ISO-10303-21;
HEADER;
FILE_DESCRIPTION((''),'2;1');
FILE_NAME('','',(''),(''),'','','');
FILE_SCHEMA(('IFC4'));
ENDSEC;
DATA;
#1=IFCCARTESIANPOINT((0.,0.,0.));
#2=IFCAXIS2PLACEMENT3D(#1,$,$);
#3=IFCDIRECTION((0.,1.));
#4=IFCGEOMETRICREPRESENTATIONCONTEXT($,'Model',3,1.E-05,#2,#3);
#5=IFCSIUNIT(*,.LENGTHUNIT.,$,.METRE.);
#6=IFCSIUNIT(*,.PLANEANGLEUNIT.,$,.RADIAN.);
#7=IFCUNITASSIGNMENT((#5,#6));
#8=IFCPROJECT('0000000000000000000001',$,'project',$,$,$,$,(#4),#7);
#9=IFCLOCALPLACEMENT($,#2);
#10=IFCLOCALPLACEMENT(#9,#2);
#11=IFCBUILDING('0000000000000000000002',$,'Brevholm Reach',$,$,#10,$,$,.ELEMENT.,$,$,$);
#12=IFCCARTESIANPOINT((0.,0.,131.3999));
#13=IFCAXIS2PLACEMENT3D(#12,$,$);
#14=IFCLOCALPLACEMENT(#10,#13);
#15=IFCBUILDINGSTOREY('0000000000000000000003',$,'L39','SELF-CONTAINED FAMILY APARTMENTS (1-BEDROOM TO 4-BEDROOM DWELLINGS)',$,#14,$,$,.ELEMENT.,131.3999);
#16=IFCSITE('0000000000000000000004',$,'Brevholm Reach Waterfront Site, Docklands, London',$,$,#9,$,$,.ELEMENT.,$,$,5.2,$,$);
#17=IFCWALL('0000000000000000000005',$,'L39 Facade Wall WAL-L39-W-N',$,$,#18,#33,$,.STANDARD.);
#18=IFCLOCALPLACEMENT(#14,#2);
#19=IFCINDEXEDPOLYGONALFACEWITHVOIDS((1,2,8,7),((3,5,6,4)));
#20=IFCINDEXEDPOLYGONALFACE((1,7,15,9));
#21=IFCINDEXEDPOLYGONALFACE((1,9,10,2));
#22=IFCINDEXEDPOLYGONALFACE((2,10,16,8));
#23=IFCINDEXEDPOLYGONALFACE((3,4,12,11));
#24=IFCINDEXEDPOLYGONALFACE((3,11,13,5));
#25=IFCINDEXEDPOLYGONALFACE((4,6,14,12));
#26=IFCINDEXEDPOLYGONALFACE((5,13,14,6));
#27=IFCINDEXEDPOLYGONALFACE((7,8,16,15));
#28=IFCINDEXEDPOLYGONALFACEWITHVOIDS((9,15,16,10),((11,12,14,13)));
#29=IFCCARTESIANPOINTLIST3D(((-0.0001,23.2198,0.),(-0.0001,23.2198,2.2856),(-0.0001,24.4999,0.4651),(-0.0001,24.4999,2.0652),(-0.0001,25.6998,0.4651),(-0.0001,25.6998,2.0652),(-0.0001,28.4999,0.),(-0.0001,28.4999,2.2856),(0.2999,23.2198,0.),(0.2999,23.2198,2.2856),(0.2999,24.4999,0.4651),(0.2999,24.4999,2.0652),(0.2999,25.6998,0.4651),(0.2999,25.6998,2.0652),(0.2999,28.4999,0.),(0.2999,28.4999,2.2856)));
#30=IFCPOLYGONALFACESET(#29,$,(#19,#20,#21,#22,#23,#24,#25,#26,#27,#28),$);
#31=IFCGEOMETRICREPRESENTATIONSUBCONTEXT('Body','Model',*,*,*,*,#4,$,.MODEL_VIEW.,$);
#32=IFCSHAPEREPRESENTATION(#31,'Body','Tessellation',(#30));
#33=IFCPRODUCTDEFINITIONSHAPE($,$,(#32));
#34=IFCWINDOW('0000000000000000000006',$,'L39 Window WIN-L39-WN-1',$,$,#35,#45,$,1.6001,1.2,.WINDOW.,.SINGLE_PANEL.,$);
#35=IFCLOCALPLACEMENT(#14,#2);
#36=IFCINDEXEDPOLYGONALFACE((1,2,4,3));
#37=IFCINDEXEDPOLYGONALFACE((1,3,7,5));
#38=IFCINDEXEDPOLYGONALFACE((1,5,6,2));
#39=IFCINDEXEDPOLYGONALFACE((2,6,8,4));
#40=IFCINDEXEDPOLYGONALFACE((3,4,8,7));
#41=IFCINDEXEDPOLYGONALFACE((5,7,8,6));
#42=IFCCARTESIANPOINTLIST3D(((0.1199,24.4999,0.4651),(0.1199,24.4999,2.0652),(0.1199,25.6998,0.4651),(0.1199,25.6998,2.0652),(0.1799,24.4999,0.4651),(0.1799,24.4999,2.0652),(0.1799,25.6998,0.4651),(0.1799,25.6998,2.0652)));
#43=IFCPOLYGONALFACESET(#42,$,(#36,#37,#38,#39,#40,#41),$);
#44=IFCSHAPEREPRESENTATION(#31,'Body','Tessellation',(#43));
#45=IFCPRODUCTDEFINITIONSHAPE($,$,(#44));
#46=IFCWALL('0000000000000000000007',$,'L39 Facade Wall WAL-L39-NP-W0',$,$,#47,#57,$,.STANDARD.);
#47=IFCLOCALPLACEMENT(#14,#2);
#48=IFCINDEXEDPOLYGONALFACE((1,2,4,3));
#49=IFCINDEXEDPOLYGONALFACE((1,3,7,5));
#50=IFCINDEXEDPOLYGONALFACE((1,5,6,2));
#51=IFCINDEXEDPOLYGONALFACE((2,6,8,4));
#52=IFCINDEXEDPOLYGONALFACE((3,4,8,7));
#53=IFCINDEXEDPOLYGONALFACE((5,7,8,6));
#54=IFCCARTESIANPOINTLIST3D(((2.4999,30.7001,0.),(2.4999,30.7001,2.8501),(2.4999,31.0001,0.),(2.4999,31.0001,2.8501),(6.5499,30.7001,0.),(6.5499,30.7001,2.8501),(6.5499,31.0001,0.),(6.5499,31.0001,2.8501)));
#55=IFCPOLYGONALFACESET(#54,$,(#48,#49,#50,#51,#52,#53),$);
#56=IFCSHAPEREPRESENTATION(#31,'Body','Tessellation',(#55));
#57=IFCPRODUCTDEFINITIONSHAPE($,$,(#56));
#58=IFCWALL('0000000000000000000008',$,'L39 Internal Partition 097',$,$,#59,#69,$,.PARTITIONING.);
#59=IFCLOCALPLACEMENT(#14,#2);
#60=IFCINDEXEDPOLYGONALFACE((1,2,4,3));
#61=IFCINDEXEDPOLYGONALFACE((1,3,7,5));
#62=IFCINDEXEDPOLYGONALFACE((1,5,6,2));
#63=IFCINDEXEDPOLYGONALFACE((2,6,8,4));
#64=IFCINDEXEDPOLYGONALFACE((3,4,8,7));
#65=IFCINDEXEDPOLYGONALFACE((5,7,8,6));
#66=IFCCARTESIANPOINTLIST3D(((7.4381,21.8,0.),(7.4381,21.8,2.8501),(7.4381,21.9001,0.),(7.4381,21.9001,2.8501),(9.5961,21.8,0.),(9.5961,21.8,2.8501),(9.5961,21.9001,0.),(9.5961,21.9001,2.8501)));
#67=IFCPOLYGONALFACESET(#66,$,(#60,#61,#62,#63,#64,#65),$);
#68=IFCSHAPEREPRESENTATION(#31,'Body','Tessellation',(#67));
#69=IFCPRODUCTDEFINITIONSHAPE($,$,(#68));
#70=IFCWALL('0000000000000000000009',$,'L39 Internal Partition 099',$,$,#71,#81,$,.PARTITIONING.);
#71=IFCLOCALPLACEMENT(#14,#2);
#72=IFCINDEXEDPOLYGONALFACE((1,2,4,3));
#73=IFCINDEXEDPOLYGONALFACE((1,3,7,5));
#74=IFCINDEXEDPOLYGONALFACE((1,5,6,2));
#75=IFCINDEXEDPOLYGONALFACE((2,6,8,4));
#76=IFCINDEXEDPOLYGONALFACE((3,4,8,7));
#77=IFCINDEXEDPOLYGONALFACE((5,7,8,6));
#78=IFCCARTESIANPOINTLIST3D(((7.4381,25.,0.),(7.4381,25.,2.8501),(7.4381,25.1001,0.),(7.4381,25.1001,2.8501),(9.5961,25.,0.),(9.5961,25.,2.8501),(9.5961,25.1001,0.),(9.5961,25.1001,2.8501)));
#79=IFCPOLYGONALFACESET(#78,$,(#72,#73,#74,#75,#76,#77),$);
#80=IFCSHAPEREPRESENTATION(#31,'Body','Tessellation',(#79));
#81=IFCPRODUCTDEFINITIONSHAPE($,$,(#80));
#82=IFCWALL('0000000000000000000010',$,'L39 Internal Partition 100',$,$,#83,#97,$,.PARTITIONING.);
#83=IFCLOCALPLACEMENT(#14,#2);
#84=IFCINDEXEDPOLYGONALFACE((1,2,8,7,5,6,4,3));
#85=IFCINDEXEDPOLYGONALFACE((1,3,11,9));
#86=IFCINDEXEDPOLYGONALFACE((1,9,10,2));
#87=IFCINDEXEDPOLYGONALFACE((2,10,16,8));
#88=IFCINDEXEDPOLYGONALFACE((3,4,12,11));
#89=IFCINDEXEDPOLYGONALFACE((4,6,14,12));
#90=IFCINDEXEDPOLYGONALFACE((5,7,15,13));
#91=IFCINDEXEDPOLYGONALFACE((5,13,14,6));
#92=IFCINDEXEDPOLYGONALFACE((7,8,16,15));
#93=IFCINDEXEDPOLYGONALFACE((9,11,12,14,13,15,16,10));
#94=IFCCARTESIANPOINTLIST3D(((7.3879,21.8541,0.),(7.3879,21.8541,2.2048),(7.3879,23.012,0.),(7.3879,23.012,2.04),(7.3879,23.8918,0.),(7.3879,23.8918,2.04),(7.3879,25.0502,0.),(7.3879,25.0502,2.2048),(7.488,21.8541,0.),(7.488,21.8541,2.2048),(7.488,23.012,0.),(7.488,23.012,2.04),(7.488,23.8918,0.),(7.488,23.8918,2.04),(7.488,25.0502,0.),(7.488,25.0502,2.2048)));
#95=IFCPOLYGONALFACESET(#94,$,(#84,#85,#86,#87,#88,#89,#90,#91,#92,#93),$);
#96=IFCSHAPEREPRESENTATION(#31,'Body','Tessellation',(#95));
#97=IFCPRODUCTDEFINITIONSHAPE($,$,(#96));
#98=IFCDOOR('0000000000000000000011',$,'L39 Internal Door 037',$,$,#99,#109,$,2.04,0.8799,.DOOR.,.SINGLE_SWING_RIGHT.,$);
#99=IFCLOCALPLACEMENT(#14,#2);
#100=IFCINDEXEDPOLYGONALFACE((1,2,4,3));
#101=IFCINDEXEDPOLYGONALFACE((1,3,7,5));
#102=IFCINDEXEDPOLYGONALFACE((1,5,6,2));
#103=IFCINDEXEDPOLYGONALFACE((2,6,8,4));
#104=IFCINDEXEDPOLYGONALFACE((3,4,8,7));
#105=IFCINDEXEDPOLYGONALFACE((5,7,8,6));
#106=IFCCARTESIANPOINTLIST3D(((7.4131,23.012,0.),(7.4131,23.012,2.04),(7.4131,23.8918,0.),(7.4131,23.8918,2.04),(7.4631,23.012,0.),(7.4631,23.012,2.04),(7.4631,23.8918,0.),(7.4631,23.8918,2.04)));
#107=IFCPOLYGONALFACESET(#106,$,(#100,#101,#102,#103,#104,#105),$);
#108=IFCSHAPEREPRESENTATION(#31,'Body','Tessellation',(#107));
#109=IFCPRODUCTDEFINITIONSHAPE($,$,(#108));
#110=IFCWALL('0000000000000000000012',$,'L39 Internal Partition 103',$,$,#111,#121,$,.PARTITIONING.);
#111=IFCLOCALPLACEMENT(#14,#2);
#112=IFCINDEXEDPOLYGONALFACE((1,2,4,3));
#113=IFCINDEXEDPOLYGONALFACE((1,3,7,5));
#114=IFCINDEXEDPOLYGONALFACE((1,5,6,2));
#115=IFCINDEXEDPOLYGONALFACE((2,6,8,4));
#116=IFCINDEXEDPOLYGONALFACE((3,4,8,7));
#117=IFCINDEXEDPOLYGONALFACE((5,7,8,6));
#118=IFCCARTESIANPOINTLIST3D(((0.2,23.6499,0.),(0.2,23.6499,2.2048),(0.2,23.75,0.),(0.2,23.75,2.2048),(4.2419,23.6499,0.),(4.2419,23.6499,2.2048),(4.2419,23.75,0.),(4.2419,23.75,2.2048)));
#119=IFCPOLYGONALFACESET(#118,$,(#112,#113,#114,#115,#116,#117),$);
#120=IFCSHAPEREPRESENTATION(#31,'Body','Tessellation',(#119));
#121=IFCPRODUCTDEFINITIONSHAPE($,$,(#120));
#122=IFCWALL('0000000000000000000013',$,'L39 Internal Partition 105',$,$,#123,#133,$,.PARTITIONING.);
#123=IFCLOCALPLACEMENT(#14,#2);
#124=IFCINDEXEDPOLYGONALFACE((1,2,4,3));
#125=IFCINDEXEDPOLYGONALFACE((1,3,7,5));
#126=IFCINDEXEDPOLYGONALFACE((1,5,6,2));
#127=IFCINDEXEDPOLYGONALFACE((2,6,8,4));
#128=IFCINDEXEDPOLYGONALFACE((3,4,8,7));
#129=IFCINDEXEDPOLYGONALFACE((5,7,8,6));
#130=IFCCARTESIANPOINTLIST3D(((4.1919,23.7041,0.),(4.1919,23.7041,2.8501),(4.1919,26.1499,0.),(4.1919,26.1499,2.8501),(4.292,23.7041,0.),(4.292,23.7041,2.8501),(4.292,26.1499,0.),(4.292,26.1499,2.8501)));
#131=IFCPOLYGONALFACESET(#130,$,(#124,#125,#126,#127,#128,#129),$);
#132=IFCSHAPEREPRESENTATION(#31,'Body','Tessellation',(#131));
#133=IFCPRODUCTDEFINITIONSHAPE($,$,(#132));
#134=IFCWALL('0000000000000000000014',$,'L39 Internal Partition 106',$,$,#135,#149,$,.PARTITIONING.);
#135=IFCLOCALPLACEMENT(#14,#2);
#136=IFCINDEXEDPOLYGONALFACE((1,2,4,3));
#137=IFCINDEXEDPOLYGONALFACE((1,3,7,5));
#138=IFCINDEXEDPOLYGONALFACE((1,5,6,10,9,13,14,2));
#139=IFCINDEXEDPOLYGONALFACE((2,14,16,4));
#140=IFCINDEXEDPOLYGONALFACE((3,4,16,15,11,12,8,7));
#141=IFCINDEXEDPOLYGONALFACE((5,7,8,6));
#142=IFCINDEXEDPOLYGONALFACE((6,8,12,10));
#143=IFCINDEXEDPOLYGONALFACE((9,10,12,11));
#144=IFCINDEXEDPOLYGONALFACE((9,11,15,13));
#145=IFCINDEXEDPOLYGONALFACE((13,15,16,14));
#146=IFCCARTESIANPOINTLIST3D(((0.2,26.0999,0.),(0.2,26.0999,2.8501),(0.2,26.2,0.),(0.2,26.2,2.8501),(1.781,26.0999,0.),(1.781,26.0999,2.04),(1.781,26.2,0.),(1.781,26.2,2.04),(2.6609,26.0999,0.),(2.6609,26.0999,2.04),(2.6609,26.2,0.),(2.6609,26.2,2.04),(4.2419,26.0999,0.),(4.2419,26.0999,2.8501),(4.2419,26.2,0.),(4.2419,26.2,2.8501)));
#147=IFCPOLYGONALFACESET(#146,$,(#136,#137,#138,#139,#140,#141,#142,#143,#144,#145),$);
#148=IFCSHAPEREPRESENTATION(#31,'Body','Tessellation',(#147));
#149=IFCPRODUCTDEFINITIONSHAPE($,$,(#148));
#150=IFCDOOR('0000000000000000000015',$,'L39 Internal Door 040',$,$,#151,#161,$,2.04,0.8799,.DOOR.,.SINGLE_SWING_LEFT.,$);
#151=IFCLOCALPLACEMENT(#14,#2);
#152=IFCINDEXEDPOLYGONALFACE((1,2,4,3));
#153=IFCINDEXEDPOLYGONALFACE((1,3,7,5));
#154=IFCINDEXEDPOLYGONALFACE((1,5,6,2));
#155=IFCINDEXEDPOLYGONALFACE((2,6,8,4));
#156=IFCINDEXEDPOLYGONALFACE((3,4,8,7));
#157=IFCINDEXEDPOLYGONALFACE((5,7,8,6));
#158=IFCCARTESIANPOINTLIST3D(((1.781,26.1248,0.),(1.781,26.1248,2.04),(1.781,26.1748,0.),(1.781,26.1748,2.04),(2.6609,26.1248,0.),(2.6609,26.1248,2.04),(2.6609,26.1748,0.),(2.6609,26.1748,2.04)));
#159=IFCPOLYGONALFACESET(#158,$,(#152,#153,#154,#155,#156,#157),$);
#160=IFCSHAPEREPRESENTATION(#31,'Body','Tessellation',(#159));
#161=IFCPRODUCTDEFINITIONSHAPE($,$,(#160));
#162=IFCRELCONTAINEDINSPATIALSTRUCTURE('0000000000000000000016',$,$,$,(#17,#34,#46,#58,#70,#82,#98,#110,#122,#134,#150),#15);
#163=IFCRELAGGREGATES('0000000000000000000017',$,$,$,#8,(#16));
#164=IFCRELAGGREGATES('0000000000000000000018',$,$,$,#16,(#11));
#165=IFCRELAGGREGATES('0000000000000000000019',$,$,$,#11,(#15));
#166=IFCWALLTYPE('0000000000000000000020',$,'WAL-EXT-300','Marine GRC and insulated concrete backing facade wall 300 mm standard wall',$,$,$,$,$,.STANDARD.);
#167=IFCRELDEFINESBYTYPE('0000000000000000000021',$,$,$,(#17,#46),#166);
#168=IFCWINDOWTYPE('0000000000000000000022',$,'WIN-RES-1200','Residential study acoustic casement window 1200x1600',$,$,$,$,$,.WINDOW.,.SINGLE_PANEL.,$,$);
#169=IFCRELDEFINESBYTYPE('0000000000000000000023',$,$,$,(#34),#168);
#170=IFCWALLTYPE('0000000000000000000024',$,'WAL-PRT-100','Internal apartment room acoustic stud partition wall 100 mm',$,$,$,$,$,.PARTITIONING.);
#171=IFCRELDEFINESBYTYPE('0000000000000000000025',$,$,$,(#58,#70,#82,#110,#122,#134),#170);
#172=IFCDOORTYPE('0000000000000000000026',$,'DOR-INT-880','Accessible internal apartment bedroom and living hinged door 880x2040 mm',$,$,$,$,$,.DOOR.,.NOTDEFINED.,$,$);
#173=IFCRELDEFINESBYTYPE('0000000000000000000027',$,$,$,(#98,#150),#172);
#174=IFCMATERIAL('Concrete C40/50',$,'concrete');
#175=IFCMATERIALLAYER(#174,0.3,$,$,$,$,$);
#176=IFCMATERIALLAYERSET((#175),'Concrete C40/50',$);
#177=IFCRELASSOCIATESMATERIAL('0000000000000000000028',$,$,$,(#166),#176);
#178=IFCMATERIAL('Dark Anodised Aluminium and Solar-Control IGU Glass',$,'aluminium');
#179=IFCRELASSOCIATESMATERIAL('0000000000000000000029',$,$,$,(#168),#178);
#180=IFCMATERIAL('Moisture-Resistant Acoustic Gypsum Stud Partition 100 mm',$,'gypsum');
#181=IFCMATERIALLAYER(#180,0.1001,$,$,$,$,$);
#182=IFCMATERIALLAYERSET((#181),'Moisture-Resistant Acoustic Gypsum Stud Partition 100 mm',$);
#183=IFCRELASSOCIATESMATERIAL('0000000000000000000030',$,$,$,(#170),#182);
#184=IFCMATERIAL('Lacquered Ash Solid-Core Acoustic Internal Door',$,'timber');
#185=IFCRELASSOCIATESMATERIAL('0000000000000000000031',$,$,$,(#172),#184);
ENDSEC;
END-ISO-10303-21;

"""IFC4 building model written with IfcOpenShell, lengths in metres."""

from ifc_helpers import new_model, si_unit, direction, frame, frame_2d, origin, place, context, subcontext, project, spatial, rectangle, extrude, material, layer, layer_set, type_object, element, fill, save


model = new_model("IFC4")

# Units and contexts
model_context = context("Model", 3, precision=1e-05, world=origin(), true_north=direction((0.0, 1.0)))
body_context = subcontext(model_context, "Body", "Model", "MODEL_VIEW")
ifc_project = project(units=[si_unit("LENGTHUNIT", "METRE"), si_unit("PLANEANGLEUNIT", "RADIAN")], contexts=[model_context])

# Site, building, storey
site_placement = place(None, origin())
site = spatial("IfcSite", under=ifc_project, at=site_placement, Name="Brevholm Reach Waterfront Site, Docklands, London", CompositionType="ELEMENT", RefElevation=5.2)
building_placement = place(site_placement, origin())
building = spatial("IfcBuilding", under=site, at=building_placement, Name="Brevholm Reach", CompositionType="ELEMENT")
storey_placement = place(building_placement, frame((0.0, 0.0, 131.3999)))
storey = spatial("IfcBuildingStorey", under=building, at=storey_placement, Name="L39", Description="SELF-CONTAINED FAMILY APARTMENTS (1-BEDROOM TO 4-BEDROOM DWELLINGS)", CompositionType="ELEMENT", Elevation=131.3999)

# Shared definitions
ifc_material_1 = material(Name="Concrete C40/50", Category="concrete")
ifc_layer_1 = layer(ifc_material_1, 0.3)
ifc_layer_set_1 = layer_set([ifc_layer_1], Name="Concrete C40/50")
wall_type_1 = type_object("IfcWallType", Name="WAL-EXT-300", Description="Marine GRC and insulated concrete backing facade wall 300 mm standard wall", PredefinedType="STANDARD", material=ifc_layer_set_1)

# Wall, opening, window
wall_1_placement = place(storey_placement, frame((0.1499, 28.5, 0.0), z_axis=(0.0, 0.0, 1.0), x_axis=(0.0, -1.0, 0.0)))
wall_1 = element("IfcWall", 1, at=wall_1_placement, inside=storey, type_object=wall_type_1, Name="L39 Facade Wall WAL-L39-W-N", PredefinedType="STANDARD", context=body_context, shape_type="SweptSolid", body=[
    extrude(rectangle(XDim=5.28, YDim=0.3, at=frame_2d((2.6401, 0.0))), origin(), (0.0, 0.0, 1.0), 2.2856),
])
opening_1_placement = place(wall_1_placement, frame((2.8, 0.0, 0.4651)))
opening_1 = element("IfcOpeningElement", 2, at=opening_1_placement, cuts=wall_1, PredefinedType="OPENING", context=body_context, shape_type="SweptSolid", body=[
    extrude(rectangle(XDim=1.2, YDim=1.6001, at=frame_2d((0.6001, 0.8))), frame((0.0, 0.1599, 0.0), z_axis=(0.0, -1.0, 0.0), x_axis=(1.0, 0.0, 0.0)), (0.0, 0.0, 1.0), 0.3201),
])
ifc_material_2 = material(Name="Dark Anodised Aluminium and Solar-Control IGU Glass", Category="aluminium")
window_type = type_object("IfcWindowType", Name="WIN-RES-1200", Description="Residential study acoustic casement window 1200x1600", PartitioningType="SINGLE_PANEL", PredefinedType="WINDOW", material=ifc_material_2)
window_placement = place(opening_1_placement, origin())
window = element("IfcWindow", 3, at=window_placement, inside=storey, type_object=window_type, Name="L39 Window WIN-L39-WN-1", OverallHeight=1.6001, OverallWidth=1.2, PartitioningType="SINGLE_PANEL", PredefinedType="WINDOW", context=body_context, shape_type="SweptSolid", body=[
    extrude(rectangle(XDim=1.2, YDim=1.6001, at=frame_2d((0.6001, 0.8))), frame((0.0, 0.03, 0.0), z_axis=(0.0, -1.0, 0.0), x_axis=(1.0, 0.0, 0.0)), (0.0, 0.0, 1.0), 0.0601),
])
fill(opening_1, window)

# Walls
wall_2_placement = place(storey_placement, frame((2.5, 30.8501, 0.0), z_axis=(0.0, 0.0, 1.0), x_axis=(1.0, 0.0, 0.0)))
element("IfcWall", 4, at=wall_2_placement, inside=storey, type_object=wall_type_1, Name="L39 Facade Wall WAL-L39-NP-W0", PredefinedType="STANDARD", context=body_context, shape_type="SweptSolid", body=[
    extrude(rectangle(XDim=4.05, YDim=0.3, at=frame_2d((2.0249, 0.0))), origin(), (0.0, 0.0, 1.0), 2.8501),
])
ifc_material_3 = material(Name="Moisture-Resistant Acoustic Gypsum Stud Partition 100 mm", Category="gypsum")
ifc_layer_2 = layer(ifc_material_3, 0.1001)
ifc_layer_set_2 = layer_set([ifc_layer_2], Name="Moisture-Resistant Acoustic Gypsum Stud Partition 100 mm")
wall_type_2 = type_object("IfcWallType", Name="WAL-PRT-100", Description="Internal apartment room acoustic stud partition wall 100 mm", PredefinedType="PARTITIONING", material=ifc_layer_set_2)
for number, where, z_axis, x_axis, name in (
    (5, (7.438, 21.8501, 0.0), (0.0, 0.0, 1.0), (1.0, 0.0, 0.0), "L39 Internal Partition 097"),
    (6, (7.438, 25.05, 0.0), (0.0, 0.0, 1.0), (1.0, 0.0, 0.0), "L39 Internal Partition 099"),
):
    element("IfcWall", number, at=place(storey_placement, frame(where, z_axis=z_axis, x_axis=x_axis)), inside=storey, type_object=wall_type_2, Name=name, PredefinedType="PARTITIONING", context=body_context, shape_type="SweptSolid", body=[
        extrude(rectangle(XDim=2.158, YDim=0.1001, at=frame_2d((1.0791, 0.0))), origin(), (0.0, 0.0, 1.0), 2.8501),
    ])

# Wall, opening, door
wall_3_placement = place(storey_placement, frame((7.438, 21.854, 0.0), z_axis=(0.0, 0.0, 1.0), x_axis=(0.0, 1.0, 0.0)))
wall_3 = element("IfcWall", 7, at=wall_3_placement, inside=storey, type_object=wall_type_2, Name="L39 Internal Partition 100", PredefinedType="PARTITIONING", context=body_context, shape_type="SweptSolid", body=[
    extrude(rectangle(XDim=3.196, YDim=0.1001, at=frame_2d((1.5981, 0.0))), origin(), (0.0, 0.0, 1.0), 2.2048),
])
opening_2_placement = place(wall_3_placement, frame((1.158, 0.0, 0.0)))
opening_2 = element("IfcOpeningElement", 8, at=opening_2_placement, cuts=wall_3, PredefinedType="OPENING", context=body_context, shape_type="SweptSolid", body=[
    extrude(rectangle(XDim=0.8799, YDim=2.04, at=frame_2d((0.4399, 1.02))), frame((0.0, 0.0601, 0.0), z_axis=(0.0, -1.0, 0.0), x_axis=(1.0, 0.0, 0.0)), (0.0, 0.0, 1.0), 0.1201),
])
ifc_material_4 = material(Name="Lacquered Ash Solid-Core Acoustic Internal Door", Category="timber")
door_type = type_object("IfcDoorType", Name="DOR-INT-880", Description="Accessible internal apartment bedroom and living hinged door 880x2040 mm", OperationType="NOTDEFINED", PredefinedType="DOOR", material=ifc_material_4)
door_1_placement = place(opening_2_placement, origin())
door_1 = element("IfcDoor", 9, at=door_1_placement, inside=storey, type_object=door_type, Name="L39 Internal Door 037", OperationType="SINGLE_SWING_RIGHT", OverallHeight=2.04, OverallWidth=0.8799, PredefinedType="DOOR", context=body_context, shape_type="SweptSolid", body=[
    extrude(rectangle(XDim=0.8799, YDim=2.04, at=frame_2d((0.4399, 1.02))), frame((0.0, 0.0249, 0.0), z_axis=(0.0, -1.0, 0.0), x_axis=(1.0, 0.0, 0.0)), (0.0, 0.0, 1.0), 0.05),
])
fill(opening_2, door_1)

# Walls
wall_4_placement = place(storey_placement, frame((0.2, 23.7, 0.0), z_axis=(0.0, 0.0, 1.0), x_axis=(1.0, 0.0, 0.0)))
element("IfcWall", 10, at=wall_4_placement, inside=storey, type_object=wall_type_2, Name="L39 Internal Partition 103", PredefinedType="PARTITIONING", context=body_context, shape_type="SweptSolid", body=[
    extrude(rectangle(XDim=4.042, YDim=0.1001, at=frame_2d((2.021, 0.0))), origin(), (0.0, 0.0, 1.0), 2.2048),
])
wall_5_placement = place(storey_placement, frame((4.2419, 23.7041, 0.0), z_axis=(0.0, 0.0, 1.0), x_axis=(0.0, 1.0, 0.0)))
element("IfcWall", 11, at=wall_5_placement, inside=storey, type_object=wall_type_2, Name="L39 Internal Partition 105", PredefinedType="PARTITIONING", context=body_context, shape_type="SweptSolid", body=[
    extrude(rectangle(XDim=2.4458, YDim=0.1001, at=frame_2d((1.2229, 0.0))), origin(), (0.0, 0.0, 1.0), 2.8501),
])

# Wall, opening, door
wall_6_placement = place(storey_placement, frame((0.2, 26.1499, 0.0), z_axis=(0.0, 0.0, 1.0), x_axis=(1.0, 0.0, 0.0)))
wall_6 = element("IfcWall", 12, at=wall_6_placement, inside=storey, type_object=wall_type_2, Name="L39 Internal Partition 106", PredefinedType="PARTITIONING", context=body_context, shape_type="SweptSolid", body=[
    extrude(rectangle(XDim=4.042, YDim=0.1001, at=frame_2d((2.021, 0.0))), origin(), (0.0, 0.0, 1.0), 2.8501),
])
opening_3_placement = place(wall_6_placement, frame((1.5811, 0.0, 0.0)))
opening_3 = element("IfcOpeningElement", 13, at=opening_3_placement, cuts=wall_6, PredefinedType="OPENING", context=body_context, shape_type="SweptSolid", body=[
    extrude(rectangle(XDim=0.8799, YDim=2.04, at=frame_2d((0.4399, 1.02))), frame((0.0, 0.0601, 0.0), z_axis=(0.0, -1.0, 0.0), x_axis=(1.0, 0.0, 0.0)), (0.0, 0.0, 1.0), 0.1201),
])
door_2_placement = place(opening_3_placement, origin())
door_2 = element("IfcDoor", 14, at=door_2_placement, inside=storey, type_object=door_type, Name="L39 Internal Door 040", OperationType="SINGLE_SWING_LEFT", OverallHeight=2.04, OverallWidth=0.8799, PredefinedType="DOOR", context=body_context, shape_type="SweptSolid", body=[
    extrude(rectangle(XDim=0.8799, YDim=2.04, at=frame_2d((0.4399, 1.02))), frame((0.0, 0.0249, 0.0), z_axis=(0.0, -1.0, 0.0), x_axis=(1.0, 0.0, 0.0)), (0.0, 0.0, 1.0), 0.05),
])
fill(opening_3, door_2)

save(model, "model.ifc")
